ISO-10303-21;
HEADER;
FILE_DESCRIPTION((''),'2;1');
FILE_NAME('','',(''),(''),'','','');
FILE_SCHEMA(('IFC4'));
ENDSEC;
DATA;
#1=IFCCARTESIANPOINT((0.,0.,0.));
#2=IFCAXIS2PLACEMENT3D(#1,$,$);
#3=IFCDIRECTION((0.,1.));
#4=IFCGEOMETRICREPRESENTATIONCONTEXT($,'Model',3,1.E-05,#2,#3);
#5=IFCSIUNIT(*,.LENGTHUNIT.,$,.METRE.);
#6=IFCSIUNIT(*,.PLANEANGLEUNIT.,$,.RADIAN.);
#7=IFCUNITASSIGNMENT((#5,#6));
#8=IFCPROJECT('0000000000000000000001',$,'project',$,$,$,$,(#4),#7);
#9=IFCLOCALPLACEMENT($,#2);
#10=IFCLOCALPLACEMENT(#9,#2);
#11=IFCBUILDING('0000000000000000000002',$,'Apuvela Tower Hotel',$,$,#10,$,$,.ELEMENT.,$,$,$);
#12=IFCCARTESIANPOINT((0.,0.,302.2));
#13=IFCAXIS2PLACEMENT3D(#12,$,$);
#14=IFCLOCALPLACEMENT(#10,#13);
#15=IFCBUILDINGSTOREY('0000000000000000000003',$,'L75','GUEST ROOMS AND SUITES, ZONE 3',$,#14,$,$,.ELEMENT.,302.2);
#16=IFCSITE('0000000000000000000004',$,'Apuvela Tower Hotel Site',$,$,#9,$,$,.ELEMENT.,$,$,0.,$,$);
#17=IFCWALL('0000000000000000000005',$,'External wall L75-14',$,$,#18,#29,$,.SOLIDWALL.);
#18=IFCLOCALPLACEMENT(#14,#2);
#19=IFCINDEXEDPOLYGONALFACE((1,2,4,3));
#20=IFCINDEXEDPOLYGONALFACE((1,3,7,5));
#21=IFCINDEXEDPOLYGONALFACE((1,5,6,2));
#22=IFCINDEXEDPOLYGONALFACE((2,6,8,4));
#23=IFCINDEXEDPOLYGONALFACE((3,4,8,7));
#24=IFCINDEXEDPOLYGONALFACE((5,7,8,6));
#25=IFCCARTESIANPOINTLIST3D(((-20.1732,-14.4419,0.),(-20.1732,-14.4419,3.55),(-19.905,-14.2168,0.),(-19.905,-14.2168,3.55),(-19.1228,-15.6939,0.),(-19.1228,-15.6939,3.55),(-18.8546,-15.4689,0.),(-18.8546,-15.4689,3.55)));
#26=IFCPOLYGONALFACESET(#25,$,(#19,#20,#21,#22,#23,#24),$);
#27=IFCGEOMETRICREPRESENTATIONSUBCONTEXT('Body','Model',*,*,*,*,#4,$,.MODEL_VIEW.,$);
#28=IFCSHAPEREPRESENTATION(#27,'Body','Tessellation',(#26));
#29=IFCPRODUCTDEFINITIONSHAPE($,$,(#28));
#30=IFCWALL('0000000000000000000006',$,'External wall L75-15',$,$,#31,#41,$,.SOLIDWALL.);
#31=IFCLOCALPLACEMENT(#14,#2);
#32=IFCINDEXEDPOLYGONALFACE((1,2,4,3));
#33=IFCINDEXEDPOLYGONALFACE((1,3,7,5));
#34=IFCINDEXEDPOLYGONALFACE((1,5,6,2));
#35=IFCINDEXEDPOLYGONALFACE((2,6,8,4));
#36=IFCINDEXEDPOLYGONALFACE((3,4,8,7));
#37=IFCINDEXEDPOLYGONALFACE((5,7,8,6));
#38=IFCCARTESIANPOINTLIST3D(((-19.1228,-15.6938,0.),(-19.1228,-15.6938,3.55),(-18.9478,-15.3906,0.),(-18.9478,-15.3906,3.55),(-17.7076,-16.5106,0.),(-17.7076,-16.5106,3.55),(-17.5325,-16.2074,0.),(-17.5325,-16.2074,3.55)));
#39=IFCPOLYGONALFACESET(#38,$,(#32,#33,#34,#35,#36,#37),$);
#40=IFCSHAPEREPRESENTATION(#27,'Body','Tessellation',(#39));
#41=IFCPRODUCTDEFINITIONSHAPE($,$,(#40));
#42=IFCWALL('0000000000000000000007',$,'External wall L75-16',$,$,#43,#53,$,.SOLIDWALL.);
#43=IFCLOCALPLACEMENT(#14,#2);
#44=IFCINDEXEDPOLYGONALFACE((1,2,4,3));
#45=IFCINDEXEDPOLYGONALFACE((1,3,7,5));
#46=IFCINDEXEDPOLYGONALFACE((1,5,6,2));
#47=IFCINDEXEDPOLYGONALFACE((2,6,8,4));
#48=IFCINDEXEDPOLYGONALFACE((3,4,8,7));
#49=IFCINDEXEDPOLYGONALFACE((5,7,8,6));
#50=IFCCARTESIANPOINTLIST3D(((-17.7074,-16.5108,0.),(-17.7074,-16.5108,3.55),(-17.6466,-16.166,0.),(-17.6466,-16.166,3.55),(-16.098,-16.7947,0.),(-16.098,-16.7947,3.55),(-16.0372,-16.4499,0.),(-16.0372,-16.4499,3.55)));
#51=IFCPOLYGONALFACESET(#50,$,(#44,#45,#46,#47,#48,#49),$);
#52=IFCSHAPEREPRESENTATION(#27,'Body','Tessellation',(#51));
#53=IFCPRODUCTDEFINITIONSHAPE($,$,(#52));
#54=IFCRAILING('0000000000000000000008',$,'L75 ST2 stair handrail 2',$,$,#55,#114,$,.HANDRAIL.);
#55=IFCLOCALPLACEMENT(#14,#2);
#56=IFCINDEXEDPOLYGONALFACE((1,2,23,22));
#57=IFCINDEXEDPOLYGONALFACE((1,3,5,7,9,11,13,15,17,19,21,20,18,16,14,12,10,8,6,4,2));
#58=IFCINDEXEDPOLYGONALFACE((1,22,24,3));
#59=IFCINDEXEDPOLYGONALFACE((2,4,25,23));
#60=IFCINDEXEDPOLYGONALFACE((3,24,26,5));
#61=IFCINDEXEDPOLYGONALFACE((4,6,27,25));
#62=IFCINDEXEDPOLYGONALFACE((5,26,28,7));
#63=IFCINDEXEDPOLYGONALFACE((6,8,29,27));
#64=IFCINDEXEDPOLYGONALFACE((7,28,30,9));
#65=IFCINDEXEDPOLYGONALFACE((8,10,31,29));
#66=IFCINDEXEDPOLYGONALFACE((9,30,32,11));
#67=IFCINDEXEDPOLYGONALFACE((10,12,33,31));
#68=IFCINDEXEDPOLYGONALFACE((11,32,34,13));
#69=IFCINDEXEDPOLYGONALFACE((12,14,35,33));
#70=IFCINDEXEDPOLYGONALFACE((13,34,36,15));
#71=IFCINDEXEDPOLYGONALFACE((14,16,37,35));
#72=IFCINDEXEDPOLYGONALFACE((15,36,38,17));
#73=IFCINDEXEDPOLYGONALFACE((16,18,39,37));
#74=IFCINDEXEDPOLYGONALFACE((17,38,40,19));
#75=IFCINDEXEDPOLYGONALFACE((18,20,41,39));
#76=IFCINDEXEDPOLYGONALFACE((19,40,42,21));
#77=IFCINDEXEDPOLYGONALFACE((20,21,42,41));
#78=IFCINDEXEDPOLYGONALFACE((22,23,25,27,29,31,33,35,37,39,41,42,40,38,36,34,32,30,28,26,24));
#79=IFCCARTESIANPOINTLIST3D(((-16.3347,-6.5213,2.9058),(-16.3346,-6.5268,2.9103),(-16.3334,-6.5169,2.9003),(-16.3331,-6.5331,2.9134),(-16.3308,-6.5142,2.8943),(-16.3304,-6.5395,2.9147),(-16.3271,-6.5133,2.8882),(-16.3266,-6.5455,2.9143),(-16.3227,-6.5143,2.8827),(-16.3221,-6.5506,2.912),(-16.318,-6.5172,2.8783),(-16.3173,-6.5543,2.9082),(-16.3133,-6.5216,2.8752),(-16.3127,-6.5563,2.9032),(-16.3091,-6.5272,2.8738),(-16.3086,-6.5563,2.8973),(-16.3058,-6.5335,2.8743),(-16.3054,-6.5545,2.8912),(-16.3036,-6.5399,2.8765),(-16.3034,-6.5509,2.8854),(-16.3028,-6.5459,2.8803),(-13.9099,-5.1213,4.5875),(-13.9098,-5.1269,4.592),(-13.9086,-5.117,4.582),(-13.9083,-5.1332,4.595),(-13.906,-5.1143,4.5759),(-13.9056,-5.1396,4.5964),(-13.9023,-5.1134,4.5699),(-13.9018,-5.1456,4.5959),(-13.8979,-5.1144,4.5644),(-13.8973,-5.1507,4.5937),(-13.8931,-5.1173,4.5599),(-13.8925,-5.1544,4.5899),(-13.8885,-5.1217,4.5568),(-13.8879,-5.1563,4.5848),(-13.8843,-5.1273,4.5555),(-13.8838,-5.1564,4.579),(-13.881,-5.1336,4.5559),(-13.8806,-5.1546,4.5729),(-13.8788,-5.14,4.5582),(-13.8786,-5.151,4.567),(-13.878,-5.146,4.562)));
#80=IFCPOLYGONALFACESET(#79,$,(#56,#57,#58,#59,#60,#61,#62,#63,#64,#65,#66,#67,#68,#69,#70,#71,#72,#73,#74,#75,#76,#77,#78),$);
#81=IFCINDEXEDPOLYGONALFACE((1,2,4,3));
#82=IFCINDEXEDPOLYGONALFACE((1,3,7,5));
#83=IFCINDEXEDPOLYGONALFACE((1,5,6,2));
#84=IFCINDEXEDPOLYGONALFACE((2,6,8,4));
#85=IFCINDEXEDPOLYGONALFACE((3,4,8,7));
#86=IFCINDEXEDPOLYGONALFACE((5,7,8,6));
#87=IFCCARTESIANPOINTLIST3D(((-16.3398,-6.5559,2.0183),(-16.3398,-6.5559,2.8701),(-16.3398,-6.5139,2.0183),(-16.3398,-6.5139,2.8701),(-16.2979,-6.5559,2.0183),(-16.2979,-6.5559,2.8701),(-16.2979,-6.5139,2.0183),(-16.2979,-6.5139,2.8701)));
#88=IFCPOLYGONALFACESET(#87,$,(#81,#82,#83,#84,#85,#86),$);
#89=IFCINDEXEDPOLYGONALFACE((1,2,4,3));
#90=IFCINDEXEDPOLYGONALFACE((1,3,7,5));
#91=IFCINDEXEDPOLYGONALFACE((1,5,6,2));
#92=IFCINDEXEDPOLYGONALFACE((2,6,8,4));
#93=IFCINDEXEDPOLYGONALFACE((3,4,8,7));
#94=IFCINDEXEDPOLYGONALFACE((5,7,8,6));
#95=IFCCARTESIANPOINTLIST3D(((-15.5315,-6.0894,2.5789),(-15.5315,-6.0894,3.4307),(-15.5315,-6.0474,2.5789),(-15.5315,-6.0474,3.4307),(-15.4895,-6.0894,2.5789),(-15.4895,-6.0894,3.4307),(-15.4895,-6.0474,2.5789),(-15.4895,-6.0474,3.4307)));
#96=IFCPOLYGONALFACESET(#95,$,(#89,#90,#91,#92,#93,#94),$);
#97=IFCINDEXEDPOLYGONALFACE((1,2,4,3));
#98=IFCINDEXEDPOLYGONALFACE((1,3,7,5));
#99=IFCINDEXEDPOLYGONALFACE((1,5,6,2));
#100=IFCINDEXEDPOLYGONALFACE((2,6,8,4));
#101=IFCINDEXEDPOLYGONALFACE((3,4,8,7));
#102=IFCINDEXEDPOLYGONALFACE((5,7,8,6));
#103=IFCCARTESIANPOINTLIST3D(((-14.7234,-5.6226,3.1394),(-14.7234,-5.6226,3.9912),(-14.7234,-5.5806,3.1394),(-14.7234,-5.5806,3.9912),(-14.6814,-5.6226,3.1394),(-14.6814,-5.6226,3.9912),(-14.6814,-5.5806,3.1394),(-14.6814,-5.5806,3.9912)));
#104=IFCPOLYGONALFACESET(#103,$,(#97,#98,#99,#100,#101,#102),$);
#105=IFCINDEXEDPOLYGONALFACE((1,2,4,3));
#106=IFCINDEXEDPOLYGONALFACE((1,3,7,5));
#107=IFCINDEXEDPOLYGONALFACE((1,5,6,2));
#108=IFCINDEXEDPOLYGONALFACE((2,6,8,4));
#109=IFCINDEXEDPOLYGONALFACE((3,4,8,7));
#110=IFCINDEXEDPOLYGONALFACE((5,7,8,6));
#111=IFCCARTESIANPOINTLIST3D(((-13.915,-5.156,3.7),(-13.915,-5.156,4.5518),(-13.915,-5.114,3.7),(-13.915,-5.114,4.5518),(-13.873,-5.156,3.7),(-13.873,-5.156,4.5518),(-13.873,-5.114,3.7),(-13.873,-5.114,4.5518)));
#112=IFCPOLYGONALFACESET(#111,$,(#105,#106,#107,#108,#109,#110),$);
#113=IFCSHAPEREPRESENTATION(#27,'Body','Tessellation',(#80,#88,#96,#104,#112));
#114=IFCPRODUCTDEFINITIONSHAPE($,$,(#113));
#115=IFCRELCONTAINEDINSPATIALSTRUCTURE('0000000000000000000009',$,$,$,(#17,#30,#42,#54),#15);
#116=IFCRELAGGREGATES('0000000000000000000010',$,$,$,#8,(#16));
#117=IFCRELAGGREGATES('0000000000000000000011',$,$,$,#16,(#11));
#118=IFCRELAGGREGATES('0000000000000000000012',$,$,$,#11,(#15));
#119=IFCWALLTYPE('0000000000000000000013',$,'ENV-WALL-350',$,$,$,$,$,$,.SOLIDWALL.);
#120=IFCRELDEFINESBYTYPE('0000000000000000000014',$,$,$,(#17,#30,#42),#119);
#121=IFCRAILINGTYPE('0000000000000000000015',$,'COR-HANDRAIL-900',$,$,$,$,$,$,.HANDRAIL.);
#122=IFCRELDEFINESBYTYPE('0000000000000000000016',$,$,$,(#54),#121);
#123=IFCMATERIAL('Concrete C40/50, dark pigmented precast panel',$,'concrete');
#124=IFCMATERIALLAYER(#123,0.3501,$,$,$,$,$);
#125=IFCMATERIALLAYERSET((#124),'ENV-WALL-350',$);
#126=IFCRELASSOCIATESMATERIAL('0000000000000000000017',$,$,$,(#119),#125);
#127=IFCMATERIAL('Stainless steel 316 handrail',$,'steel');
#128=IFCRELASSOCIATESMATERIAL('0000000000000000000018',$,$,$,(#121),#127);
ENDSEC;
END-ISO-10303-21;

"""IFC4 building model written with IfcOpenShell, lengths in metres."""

from ifc_helpers import new_model, si_unit, direction, frame, frame_2d, origin, origin_2d, place, context, subcontext, project, spatial, rectangle, circle, extrude, material, layer, layer_set, type_object, element, save


model = new_model("IFC4")

# Units and contexts
model_context = context("Model", 3, precision=1e-05, world=origin(), true_north=direction((0.0, 1.0)))
body_context = subcontext(model_context, "Body", "Model", "MODEL_VIEW")
ifc_project = project(units=[si_unit("LENGTHUNIT", "METRE"), si_unit("PLANEANGLEUNIT", "RADIAN")], contexts=[model_context])

# Site, building, storey
site_placement = place(None, origin())
site = spatial("IfcSite", under=ifc_project, at=site_placement, Name="Apuvela Tower Hotel Site", CompositionType="ELEMENT", RefElevation=0.0)
building_placement = place(site_placement, origin())
building = spatial("IfcBuilding", under=site, at=building_placement, Name="Apuvela Tower Hotel", CompositionType="ELEMENT")
storey_placement = place(building_placement, frame((0.0, 0.0, 302.2)))
storey = spatial("IfcBuildingStorey", under=building, at=storey_placement, Name="L75", Description="GUEST ROOMS AND SUITES, ZONE 3", CompositionType="ELEMENT", Elevation=302.2)

# Walls
ifc_material_1 = material(Name="Concrete C40/50, dark pigmented precast panel", Category="concrete")
ifc_layer_1 = layer(ifc_material_1, 0.3501)
ifc_layer_set_1 = layer_set([ifc_layer_1], Name="ENV-WALL-350")
wall_type_1 = type_object("IfcWallType", Name="ENV-WALL-350", PredefinedType="SOLIDWALL", material=ifc_layer_set_1)
wall_1_placement = place(storey_placement, frame((-20.0391, -14.3293, 0.0), z_axis=(0.0, 0.0, 1.0), x_axis=(0.642708, -0.766111, 0.0)))
element("IfcWall", 1, at=wall_1_placement, inside=storey, type_object=wall_type_1, Name="External wall L75-14", PredefinedType="SOLIDWALL", context=body_context, shape_type="SweptSolid", body=[
    extrude(rectangle(XDim=1.6343, YDim=0.3501, at=frame_2d((0.8171, 0.0))), origin(), (0.0, 0.0, 1.0), 3.55),
])
wall_2_placement = place(storey_placement, frame((-19.0352, -15.5422, 0.0), z_axis=(0.0, 0.0, 1.0), x_axis=(0.866084, -0.499899, 0.0)))
element("IfcWall", 2, at=wall_2_placement, inside=storey, type_object=wall_type_1, Name="External wall L75-15", PredefinedType="SOLIDWALL", context=body_context, shape_type="SweptSolid", body=[
    extrude(rectangle(XDim=1.634, YDim=0.3501, at=frame_2d((0.8169, 0.0))), origin(), (0.0, 0.0, 1.0), 3.55),
])
wall_3_placement = place(storey_placement, frame((-17.677, -16.3384, 0.0), z_axis=(0.0, 0.0, 1.0), x_axis=(0.984791, -0.173743, 0.0)))
element("IfcWall", 3, at=wall_3_placement, inside=storey, type_object=wall_type_1, Name="External wall L75-16", PredefinedType="SOLIDWALL", context=body_context, shape_type="SweptSolid", body=[
    extrude(rectangle(XDim=1.6343, YDim=0.3501, at=frame_2d((0.8171, 0.0))), origin(), (0.0, 0.0, 1.0), 3.55),
])

# Railing
ifc_material_2 = material(Name="Stainless steel 316 handrail", Category="steel")
railing_type_1 = type_object("IfcRailingType", Name="COR-HANDRAIL-900", PredefinedType="HANDRAIL", material=ifc_material_2)
railing_1_placement = place(storey_placement, frame((-16.3188, -6.5349, 2.0183)))
element("IfcRailing", 4, at=railing_1_placement, inside=storey, type_object=railing_type_1, Name="L75 ST2 stair handrail 2", PredefinedType="HANDRAIL", context=body_context, shape_type="SweptSolid", body=[
    extrude(circle(Radius=0.0239, at=origin_2d()), frame((0.0, 0.0, 0.876), z_axis=(0.742419, 0.428618, 0.514879), x_axis=(-0.499984, 0.866035, 0.0)), (0.0, 0.0, 1.0), 3.2661),
    extrude(rectangle(XDim=0.042, YDim=0.042, at=origin_2d()), origin(), (0.0, 0.0, 1.0), 0.8518),
    extrude(rectangle(XDim=0.042, YDim=0.042, at=origin_2d()), frame((0.8083, 0.4666, 0.5605)), (0.0, 0.0, 1.0), 0.8518),
    extrude(rectangle(XDim=0.042, YDim=0.042, at=origin_2d()), frame((1.6165, 0.9333, 1.1211)), (0.0, 0.0, 1.0), 0.8518),
    extrude(rectangle(XDim=0.042, YDim=0.042, at=origin_2d()), frame((2.4248, 1.3999, 1.6816)), (0.0, 0.0, 1.0), 0.8518),
])

save(model, "model.ifc")
